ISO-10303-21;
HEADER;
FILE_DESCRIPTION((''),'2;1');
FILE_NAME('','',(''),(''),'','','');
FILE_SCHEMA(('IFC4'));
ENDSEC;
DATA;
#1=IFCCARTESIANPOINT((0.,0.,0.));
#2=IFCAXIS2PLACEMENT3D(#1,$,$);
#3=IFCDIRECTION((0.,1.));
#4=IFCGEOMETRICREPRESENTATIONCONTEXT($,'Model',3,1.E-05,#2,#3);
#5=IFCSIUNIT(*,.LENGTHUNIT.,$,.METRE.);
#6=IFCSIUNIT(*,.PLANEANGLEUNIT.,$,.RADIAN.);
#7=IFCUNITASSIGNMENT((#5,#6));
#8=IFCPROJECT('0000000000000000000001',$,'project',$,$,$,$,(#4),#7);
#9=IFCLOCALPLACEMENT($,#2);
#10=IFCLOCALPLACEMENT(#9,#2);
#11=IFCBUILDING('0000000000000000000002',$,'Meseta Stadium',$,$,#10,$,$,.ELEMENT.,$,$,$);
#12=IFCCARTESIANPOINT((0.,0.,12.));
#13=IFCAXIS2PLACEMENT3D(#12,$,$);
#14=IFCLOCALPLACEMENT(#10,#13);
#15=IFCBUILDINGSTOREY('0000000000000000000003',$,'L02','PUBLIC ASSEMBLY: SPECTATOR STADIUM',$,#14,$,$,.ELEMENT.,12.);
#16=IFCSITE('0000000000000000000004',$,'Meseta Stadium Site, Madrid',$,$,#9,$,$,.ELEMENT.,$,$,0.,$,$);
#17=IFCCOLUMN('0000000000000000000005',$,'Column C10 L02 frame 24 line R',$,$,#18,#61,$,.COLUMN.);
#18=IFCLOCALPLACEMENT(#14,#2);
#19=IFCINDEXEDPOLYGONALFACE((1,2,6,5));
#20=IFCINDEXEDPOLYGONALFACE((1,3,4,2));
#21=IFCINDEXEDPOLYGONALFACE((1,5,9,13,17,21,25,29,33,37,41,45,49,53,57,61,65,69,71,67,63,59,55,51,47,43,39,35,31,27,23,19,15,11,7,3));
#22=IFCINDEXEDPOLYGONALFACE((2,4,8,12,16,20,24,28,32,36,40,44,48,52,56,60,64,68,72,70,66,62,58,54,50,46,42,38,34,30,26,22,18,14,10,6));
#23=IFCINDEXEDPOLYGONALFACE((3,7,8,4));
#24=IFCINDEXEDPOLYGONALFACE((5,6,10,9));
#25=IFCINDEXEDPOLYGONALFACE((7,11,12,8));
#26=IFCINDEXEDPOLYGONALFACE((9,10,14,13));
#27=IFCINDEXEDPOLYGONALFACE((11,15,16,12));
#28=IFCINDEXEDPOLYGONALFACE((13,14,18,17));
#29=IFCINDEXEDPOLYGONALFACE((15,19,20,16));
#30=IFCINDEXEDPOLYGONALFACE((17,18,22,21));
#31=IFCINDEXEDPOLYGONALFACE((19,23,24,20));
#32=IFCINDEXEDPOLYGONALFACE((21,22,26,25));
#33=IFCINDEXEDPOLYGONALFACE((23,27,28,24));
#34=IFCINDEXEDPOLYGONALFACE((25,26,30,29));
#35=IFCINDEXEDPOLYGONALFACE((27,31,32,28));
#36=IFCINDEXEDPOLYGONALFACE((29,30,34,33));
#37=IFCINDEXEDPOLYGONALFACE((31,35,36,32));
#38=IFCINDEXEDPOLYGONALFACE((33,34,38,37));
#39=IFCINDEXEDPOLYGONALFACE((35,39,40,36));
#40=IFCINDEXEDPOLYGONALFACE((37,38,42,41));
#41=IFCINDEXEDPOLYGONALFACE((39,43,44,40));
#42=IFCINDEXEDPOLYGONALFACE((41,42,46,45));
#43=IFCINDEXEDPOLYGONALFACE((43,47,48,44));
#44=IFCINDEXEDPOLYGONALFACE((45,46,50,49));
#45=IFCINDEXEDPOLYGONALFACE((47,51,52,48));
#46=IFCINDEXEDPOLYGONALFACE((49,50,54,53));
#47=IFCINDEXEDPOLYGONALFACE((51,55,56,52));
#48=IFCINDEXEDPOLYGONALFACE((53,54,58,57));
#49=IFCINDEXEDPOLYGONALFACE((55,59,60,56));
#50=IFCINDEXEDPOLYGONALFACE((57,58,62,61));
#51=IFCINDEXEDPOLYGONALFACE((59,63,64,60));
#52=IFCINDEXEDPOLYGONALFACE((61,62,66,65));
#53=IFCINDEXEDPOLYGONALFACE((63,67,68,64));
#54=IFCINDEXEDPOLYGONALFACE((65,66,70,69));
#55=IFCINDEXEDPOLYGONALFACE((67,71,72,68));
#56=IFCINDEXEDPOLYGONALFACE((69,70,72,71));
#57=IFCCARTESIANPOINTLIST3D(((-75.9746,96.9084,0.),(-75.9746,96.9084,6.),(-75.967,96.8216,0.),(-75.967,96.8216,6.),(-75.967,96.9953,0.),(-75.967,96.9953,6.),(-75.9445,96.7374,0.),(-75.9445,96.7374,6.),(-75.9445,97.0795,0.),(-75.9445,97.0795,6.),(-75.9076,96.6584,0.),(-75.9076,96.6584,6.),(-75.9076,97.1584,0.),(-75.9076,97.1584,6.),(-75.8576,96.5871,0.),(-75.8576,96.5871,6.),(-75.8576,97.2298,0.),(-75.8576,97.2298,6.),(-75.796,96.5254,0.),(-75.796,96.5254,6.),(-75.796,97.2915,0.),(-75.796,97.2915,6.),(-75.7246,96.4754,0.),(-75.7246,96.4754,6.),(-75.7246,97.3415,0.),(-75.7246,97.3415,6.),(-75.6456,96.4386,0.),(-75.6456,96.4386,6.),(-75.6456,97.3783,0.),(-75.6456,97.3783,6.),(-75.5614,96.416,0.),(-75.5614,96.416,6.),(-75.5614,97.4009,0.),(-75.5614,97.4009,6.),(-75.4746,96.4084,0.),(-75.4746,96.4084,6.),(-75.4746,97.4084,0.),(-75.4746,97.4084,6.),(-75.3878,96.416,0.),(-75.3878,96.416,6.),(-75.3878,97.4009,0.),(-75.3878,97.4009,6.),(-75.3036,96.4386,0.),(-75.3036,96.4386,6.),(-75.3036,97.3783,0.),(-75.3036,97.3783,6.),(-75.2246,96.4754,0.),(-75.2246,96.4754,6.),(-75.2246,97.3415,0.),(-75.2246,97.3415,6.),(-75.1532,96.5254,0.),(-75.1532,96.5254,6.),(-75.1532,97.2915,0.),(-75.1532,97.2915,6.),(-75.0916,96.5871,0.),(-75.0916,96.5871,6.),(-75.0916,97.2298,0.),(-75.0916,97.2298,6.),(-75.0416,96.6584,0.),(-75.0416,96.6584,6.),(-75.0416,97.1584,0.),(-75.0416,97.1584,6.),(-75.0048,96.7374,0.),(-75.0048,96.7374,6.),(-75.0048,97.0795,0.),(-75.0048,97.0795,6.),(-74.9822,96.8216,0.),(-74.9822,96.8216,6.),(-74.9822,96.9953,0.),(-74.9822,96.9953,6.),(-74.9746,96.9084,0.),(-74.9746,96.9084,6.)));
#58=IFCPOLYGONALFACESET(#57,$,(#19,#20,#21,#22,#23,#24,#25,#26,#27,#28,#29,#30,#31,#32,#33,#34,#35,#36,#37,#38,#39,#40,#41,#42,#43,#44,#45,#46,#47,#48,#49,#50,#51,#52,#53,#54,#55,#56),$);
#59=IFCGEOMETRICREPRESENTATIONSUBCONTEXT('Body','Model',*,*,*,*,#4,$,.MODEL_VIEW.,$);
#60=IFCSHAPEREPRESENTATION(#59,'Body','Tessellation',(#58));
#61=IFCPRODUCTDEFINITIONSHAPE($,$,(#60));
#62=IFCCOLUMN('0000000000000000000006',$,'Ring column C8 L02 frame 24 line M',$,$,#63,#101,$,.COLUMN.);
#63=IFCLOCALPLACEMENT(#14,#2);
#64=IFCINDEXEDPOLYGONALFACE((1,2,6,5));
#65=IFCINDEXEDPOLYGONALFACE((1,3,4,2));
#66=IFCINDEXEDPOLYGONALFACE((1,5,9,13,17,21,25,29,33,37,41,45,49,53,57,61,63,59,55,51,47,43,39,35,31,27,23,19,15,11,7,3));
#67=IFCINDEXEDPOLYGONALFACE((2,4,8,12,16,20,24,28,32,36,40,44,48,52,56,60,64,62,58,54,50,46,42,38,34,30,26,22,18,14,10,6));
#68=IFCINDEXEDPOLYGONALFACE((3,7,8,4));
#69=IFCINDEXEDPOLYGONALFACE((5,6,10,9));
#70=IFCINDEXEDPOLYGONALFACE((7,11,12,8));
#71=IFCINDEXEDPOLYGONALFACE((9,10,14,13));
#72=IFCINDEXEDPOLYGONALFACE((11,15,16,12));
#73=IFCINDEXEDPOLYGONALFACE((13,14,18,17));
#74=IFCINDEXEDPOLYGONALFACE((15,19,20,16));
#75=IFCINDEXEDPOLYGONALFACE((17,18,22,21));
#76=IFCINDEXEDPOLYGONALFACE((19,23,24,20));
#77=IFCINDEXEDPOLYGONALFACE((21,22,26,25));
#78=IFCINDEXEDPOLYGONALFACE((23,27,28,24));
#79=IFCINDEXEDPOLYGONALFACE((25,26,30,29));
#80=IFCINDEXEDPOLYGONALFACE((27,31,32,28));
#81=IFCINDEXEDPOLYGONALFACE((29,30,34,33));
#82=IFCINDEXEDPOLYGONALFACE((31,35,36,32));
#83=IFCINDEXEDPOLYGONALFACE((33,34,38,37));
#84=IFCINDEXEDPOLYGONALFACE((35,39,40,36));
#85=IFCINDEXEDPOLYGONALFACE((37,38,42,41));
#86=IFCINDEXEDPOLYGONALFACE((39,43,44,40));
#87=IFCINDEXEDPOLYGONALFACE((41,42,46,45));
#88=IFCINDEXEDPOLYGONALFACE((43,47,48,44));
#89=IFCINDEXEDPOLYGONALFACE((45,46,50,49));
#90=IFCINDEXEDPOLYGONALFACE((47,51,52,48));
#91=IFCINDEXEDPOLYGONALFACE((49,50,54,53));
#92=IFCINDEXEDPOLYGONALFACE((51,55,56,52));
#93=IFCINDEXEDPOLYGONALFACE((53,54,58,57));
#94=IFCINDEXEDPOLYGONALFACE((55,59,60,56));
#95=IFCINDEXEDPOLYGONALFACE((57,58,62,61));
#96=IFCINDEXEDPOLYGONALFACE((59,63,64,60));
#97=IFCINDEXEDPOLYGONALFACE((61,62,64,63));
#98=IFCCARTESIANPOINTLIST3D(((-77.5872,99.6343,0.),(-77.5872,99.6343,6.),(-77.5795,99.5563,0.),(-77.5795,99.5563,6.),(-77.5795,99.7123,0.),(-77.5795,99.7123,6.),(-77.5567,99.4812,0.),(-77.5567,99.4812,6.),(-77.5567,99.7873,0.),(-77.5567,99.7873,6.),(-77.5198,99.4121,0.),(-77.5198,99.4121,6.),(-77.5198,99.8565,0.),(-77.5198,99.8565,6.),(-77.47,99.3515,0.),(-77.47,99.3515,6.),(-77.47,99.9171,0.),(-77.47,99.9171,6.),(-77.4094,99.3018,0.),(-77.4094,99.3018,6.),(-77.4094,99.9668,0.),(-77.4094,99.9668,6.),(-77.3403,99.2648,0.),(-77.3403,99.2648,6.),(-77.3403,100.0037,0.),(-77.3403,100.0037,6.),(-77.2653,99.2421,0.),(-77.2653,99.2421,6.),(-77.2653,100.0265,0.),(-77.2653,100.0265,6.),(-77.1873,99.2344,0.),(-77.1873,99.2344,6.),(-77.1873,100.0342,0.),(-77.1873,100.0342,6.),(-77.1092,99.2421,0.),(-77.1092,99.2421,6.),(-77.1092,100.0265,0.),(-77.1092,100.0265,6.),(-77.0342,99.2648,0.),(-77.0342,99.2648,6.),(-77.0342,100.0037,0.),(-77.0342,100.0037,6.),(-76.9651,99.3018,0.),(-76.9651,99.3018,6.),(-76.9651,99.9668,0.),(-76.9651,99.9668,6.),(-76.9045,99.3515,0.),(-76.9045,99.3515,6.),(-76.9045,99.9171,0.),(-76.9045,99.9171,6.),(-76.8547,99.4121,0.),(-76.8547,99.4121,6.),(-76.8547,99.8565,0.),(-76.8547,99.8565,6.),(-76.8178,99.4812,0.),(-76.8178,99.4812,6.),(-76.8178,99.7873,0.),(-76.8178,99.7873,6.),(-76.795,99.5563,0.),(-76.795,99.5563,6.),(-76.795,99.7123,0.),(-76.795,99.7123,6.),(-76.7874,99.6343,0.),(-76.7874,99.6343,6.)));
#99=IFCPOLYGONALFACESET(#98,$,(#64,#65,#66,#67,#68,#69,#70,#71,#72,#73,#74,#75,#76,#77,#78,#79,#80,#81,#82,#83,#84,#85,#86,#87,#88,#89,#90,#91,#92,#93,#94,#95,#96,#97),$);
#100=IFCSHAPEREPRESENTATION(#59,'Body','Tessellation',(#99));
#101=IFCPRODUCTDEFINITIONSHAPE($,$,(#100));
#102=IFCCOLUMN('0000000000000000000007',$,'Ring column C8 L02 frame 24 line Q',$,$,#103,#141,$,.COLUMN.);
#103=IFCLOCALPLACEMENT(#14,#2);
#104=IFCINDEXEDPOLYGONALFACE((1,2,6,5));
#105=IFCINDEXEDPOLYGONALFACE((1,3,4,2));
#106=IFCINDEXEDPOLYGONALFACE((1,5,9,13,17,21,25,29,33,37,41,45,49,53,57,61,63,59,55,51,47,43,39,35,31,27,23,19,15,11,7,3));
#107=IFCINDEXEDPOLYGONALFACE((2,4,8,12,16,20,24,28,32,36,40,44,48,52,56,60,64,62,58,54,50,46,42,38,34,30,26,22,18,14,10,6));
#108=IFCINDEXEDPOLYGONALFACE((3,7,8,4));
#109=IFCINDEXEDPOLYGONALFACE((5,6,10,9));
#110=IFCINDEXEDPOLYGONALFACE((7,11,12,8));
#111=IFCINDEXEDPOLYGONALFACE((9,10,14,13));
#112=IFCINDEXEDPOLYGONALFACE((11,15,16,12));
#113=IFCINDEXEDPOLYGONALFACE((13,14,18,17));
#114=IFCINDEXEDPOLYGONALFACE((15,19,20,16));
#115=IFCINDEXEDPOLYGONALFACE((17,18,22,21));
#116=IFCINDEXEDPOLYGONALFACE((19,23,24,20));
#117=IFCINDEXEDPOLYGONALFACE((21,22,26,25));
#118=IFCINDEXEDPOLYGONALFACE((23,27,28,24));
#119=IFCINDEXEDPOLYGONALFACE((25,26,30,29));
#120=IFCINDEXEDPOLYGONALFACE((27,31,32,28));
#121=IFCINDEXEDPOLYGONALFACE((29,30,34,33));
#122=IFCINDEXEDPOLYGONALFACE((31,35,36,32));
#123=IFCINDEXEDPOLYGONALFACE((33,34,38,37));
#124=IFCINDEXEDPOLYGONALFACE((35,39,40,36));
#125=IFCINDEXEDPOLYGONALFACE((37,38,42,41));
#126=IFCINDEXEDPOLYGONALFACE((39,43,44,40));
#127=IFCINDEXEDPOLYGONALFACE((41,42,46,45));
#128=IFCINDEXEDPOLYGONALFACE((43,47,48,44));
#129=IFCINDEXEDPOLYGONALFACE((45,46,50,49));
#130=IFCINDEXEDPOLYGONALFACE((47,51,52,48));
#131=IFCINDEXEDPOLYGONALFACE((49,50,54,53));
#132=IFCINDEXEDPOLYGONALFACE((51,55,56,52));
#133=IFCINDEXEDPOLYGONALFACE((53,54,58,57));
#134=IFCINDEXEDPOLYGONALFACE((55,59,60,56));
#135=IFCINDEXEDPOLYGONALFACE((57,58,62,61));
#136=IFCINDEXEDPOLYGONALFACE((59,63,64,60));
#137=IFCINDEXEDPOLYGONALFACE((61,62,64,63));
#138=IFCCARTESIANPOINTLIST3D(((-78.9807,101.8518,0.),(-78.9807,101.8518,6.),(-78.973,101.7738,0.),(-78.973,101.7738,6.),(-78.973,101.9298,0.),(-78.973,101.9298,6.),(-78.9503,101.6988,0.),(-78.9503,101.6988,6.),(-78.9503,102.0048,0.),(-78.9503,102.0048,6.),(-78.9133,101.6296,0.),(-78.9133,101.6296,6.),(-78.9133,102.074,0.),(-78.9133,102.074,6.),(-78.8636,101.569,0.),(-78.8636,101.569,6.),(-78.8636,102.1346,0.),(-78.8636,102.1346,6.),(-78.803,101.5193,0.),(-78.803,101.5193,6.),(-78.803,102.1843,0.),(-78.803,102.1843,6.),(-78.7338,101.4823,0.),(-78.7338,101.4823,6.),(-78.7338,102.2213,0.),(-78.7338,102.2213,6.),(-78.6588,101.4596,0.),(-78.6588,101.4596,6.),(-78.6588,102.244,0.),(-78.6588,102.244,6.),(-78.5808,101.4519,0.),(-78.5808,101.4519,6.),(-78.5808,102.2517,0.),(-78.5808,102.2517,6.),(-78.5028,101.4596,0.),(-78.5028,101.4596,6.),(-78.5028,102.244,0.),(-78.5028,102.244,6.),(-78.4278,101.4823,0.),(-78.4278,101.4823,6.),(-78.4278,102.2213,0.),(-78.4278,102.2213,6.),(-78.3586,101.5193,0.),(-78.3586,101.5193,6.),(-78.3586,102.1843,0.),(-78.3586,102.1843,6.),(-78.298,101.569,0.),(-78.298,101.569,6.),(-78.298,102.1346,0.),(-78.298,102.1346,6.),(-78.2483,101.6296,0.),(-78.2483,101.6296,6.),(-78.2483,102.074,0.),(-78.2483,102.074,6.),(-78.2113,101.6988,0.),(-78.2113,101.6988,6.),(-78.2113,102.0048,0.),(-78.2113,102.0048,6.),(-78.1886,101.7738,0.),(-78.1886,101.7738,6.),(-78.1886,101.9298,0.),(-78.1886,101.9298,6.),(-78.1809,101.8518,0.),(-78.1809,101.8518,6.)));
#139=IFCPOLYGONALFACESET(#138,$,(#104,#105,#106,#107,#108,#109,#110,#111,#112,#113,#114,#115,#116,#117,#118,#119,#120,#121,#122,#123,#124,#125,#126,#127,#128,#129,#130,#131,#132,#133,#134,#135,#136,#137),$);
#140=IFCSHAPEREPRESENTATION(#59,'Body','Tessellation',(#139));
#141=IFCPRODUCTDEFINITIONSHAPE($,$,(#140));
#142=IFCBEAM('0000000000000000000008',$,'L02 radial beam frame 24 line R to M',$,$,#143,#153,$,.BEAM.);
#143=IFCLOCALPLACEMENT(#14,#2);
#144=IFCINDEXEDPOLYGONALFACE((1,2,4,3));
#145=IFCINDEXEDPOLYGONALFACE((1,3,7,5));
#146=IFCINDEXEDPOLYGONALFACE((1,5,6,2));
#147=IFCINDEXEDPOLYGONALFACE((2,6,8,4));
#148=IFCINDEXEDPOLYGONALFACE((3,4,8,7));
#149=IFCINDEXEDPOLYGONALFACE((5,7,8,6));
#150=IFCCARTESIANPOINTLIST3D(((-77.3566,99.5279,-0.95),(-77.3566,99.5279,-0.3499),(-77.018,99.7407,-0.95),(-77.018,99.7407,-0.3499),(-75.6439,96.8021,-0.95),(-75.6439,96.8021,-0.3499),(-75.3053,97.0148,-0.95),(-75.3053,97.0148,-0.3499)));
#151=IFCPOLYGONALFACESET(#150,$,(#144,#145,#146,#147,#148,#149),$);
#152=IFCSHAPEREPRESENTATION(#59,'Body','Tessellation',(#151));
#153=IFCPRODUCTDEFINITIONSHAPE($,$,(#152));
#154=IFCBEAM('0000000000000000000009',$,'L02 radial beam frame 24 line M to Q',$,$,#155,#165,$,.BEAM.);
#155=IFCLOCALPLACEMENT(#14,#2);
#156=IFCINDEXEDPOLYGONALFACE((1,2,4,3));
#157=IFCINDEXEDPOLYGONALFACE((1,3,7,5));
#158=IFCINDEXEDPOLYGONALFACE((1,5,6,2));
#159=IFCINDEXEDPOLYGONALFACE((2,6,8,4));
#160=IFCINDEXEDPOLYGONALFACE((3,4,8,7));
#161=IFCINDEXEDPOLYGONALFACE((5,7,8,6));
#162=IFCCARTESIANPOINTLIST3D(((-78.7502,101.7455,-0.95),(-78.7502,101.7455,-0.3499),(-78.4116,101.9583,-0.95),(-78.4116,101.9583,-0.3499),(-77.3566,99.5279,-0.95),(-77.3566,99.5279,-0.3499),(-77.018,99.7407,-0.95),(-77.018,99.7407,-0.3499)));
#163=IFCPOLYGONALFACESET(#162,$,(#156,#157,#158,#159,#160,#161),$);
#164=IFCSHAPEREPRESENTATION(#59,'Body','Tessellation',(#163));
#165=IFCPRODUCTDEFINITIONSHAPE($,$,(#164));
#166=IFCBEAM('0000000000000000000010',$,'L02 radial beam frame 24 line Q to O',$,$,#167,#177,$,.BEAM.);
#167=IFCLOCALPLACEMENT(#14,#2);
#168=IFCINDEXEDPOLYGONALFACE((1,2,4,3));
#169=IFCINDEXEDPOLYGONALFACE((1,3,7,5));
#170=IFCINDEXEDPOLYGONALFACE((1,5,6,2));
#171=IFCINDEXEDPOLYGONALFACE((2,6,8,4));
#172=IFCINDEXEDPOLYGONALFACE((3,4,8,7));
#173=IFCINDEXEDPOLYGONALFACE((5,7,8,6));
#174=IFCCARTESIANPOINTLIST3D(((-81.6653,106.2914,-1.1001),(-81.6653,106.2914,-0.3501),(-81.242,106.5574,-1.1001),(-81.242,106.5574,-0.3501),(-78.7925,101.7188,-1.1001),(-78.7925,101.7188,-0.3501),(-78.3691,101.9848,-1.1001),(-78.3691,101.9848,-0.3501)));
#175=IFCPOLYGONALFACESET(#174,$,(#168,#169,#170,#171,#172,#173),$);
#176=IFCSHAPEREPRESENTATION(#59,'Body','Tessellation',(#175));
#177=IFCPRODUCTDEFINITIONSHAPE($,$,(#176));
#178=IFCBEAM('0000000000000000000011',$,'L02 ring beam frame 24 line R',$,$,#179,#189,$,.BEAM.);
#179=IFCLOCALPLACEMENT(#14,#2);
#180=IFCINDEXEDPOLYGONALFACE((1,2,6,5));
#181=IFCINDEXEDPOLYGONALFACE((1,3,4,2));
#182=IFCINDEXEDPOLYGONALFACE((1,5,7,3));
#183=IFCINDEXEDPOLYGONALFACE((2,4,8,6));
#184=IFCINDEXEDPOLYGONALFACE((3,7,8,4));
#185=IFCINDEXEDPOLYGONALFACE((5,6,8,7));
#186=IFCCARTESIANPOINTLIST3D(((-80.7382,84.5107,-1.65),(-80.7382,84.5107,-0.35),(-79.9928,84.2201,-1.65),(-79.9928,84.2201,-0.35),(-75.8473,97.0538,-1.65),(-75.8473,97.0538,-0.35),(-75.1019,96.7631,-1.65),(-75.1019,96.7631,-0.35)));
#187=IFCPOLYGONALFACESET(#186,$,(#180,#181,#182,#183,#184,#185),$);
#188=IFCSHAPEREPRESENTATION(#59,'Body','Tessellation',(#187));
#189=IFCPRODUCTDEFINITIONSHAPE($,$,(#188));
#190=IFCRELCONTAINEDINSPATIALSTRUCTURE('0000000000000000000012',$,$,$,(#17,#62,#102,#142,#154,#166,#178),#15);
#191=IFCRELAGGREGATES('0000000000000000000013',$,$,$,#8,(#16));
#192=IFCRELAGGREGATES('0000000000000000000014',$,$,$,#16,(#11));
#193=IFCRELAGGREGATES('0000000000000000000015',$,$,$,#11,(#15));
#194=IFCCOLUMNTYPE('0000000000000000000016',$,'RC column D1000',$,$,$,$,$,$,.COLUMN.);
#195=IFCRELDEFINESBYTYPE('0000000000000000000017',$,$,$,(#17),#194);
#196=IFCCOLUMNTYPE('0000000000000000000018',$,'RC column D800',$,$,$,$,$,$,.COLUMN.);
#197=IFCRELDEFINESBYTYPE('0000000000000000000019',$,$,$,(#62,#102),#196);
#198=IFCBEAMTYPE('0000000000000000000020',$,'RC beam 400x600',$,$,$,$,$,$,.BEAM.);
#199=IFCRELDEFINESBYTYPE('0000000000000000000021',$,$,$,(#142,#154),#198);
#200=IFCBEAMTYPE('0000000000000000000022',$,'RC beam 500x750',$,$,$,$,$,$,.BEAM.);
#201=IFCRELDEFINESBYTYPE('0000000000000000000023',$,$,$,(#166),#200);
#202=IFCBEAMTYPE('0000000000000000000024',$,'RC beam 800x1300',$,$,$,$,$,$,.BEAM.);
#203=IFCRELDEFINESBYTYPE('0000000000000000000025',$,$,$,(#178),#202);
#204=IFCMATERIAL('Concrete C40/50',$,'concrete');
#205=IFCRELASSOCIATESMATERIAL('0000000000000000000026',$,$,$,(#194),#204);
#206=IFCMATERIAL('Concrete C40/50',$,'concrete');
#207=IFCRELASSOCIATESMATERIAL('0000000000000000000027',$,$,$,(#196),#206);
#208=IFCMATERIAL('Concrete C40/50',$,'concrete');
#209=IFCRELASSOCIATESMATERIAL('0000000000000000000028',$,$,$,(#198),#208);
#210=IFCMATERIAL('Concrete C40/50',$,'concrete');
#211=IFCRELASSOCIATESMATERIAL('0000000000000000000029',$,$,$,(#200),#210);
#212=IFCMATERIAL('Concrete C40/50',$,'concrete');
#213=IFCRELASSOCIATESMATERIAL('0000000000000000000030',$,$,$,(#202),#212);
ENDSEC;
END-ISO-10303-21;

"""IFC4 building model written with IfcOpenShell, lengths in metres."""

from ifc_helpers import new_model, si_unit, direction, frame, origin, origin_2d, place, context, subcontext, project, spatial, rectangle, circle, extrude, material, material_profile, profile_set, type_object, element, save


model = new_model("IFC4")

# Units and contexts
model_context = context("Model", 3, precision=1e-05, world=origin(), true_north=direction((0.0, 1.0)))
body_context = subcontext(model_context, "Body", "Model", "MODEL_VIEW")
ifc_project = project(units=[si_unit("LENGTHUNIT", "METRE"), si_unit("PLANEANGLEUNIT", "RADIAN")], contexts=[model_context])

# Site, building, storey
site_placement = place(None, origin())
site = spatial("IfcSite", under=ifc_project, at=site_placement, Name="Meseta Stadium Site, Madrid", CompositionType="ELEMENT", RefElevation=0.0)
building_placement = place(site_placement, origin())
building = spatial("IfcBuilding", under=site, at=building_placement, Name="Meseta Stadium", CompositionType="ELEMENT")
storey_placement = place(building_placement, frame((0.0, 0.0, 12.0)))
storey = spatial("IfcBuildingStorey", under=building, at=storey_placement, Name="L02", Description="PUBLIC ASSEMBLY: SPECTATOR STADIUM", CompositionType="ELEMENT", Elevation=12.0)

# Columns
ifc_material_1 = material(Name="Concrete C40/50", Category="concrete")
ifc_material_profile_1 = material_profile(ifc_material_1, circle(Radius=0.5, at=origin_2d()), Name="RC D1000")
ifc_profile_set_1 = profile_set([ifc_material_profile_1], Name="Concrete C40/50")
column_type_1 = type_object("IfcColumnType", Name="RC column D1000", PredefinedType="COLUMN", material=ifc_profile_set_1)
column_placement = place(storey_placement, frame((-75.4746, 96.9084, 0.0), z_axis=(0.0, 0.0, 1.0), x_axis=(1.0, 0.0, 0.0)))
element("IfcColumn", 1, at=column_placement, inside=storey, type_object=column_type_1, Name="Column C10 L02 frame 24 line R", PredefinedType="COLUMN", context=body_context, shape_type="SweptSolid", body=[
    extrude(circle(Radius=0.5, at=origin_2d()), origin(), (0.0, 0.0, 1.0), 6.0),
])
ifc_material_2 = material(Name="Concrete C40/50", Category="concrete")
ifc_material_profile_2 = material_profile(ifc_material_2, circle(Radius=0.3999, at=origin_2d()), Name="RC D800")
ifc_profile_set_2 = profile_set([ifc_material_profile_2], Name="Concrete C40/50")
column_type_2 = type_object("IfcColumnType", Name="RC column D800", PredefinedType="COLUMN", material=ifc_profile_set_2)
for number, where, z_axis, x_axis, name in (
    (2, (-77.1873, 99.6343, 0.0), (0.0, 0.0, 1.0), (1.0, 0.0, 0.0), "Ring column C8 L02 frame 24 line M"),
    (3, (-78.5808, 101.8518, 0.0), (0.0, 0.0, 1.0), (1.0, 0.0, 0.0), "Ring column C8 L02 frame 24 line Q"),
):
    element("IfcColumn", number, at=place(storey_placement, frame(where, z_axis=z_axis, x_axis=x_axis)), inside=storey, type_object=column_type_2, Name=name, PredefinedType="COLUMN", context=body_context, shape_type="SweptSolid", body=[
        extrude(circle(Radius=0.3999, at=origin_2d()), origin(), (0.0, 0.0, 1.0), 6.0),
    ])

# Beams
ifc_material_3 = material(Name="Concrete C40/50", Category="concrete")
ifc_material_profile_3 = material_profile(ifc_material_3, rectangle(XDim=0.3999, YDim=0.6001, at=origin_2d()), Name="RC 400x600")
ifc_profile_set_3 = profile_set([ifc_material_profile_3], Name="Concrete C40/50")
beam_type_1 = type_object("IfcBeamType", Name="RC beam 400x600", PredefinedType="BEAM", material=ifc_profile_set_3)
beam_1_placement = place(storey_placement, frame((-75.4746, 96.9084, -0.6499), z_axis=(-0.532008, 0.846739, 0.0), x_axis=(-0.846739, -0.532008, 0.0)))
element("IfcBeam", 4, at=beam_1_placement, inside=storey, type_object=beam_type_1, Name="L02 radial beam frame 24 line R to M", PredefinedType="BEAM", context=body_context, shape_type="SweptSolid", body=[
    extrude(rectangle(XDim=0.3999, YDim=0.6001, at=origin_2d()), origin(), (0.0, 0.0, 1.0), 3.2192),
])
beam_2_placement = place(storey_placement, frame((-77.1873, 99.6343, -0.6499), z_axis=(-0.532084, 0.846692, 0.0), x_axis=(-0.846692, -0.532084, 0.0)))
element("IfcBeam", 5, at=beam_2_placement, inside=storey, type_object=beam_type_1, Name="L02 radial beam frame 24 line M to Q", PredefinedType="BEAM", context=body_context, shape_type="SweptSolid", body=[
    extrude(rectangle(XDim=0.3999, YDim=0.6001, at=origin_2d()), origin(), (0.0, 0.0, 1.0), 2.6191),
])
ifc_material_4 = material(Name="Concrete C40/50", Category="concrete")
ifc_material_profile_4 = material_profile(ifc_material_4, rectangle(XDim=0.5, YDim=0.75, at=origin_2d()), Name="RC 500x750")
ifc_profile_set_4 = profile_set([ifc_material_profile_4], Name="Concrete C40/50")
beam_type_2 = type_object("IfcBeamType", Name="RC beam 500x750", PredefinedType="BEAM", material=ifc_profile_set_4)
beam_3_placement = place(storey_placement, frame((-78.5808, 101.8518, -0.7251), z_axis=(-0.531993, 0.846749, 0.0), x_axis=(-0.846749, -0.531993, 0.0)))
element("IfcBeam", 6, at=beam_3_placement, inside=storey, type_object=beam_type_2, Name="L02 radial beam frame 24 line Q to O", PredefinedType="BEAM", context=body_context, shape_type="SweptSolid", body=[
    extrude(rectangle(XDim=0.5, YDim=0.75, at=origin_2d()), origin(), (0.0, 0.0, 1.0), 5.4001),
])
ifc_material_5 = material(Name="Concrete C40/50", Category="concrete")
ifc_material_profile_5 = material_profile(ifc_material_5, rectangle(XDim=0.8, YDim=1.3, at=origin_2d()), Name="RC 800x1300")
ifc_profile_set_5 = profile_set([ifc_material_profile_5], Name="Concrete C40/50")
beam_type_3 = type_object("IfcBeamType", Name="RC beam 800x1300", PredefinedType="BEAM", material=ifc_profile_set_5)
beam_4_placement = place(storey_placement, frame((-75.4746, 96.9084, -1.0), z_axis=(-0.363288, -0.931677, 0.0), x_axis=(0.931677, -0.363288, 0.0)))
element("IfcBeam", 7, at=beam_4_placement, inside=storey, type_object=beam_type_3, Name="L02 ring beam frame 24 line R", PredefinedType="BEAM", context=body_context, shape_type="SweptSolid", body=[
    extrude(rectangle(XDim=0.8, YDim=1.3, at=origin_2d()), origin(), (0.0, 0.0, 1.0), 13.4629),
])

save(model, "model.ifc")
